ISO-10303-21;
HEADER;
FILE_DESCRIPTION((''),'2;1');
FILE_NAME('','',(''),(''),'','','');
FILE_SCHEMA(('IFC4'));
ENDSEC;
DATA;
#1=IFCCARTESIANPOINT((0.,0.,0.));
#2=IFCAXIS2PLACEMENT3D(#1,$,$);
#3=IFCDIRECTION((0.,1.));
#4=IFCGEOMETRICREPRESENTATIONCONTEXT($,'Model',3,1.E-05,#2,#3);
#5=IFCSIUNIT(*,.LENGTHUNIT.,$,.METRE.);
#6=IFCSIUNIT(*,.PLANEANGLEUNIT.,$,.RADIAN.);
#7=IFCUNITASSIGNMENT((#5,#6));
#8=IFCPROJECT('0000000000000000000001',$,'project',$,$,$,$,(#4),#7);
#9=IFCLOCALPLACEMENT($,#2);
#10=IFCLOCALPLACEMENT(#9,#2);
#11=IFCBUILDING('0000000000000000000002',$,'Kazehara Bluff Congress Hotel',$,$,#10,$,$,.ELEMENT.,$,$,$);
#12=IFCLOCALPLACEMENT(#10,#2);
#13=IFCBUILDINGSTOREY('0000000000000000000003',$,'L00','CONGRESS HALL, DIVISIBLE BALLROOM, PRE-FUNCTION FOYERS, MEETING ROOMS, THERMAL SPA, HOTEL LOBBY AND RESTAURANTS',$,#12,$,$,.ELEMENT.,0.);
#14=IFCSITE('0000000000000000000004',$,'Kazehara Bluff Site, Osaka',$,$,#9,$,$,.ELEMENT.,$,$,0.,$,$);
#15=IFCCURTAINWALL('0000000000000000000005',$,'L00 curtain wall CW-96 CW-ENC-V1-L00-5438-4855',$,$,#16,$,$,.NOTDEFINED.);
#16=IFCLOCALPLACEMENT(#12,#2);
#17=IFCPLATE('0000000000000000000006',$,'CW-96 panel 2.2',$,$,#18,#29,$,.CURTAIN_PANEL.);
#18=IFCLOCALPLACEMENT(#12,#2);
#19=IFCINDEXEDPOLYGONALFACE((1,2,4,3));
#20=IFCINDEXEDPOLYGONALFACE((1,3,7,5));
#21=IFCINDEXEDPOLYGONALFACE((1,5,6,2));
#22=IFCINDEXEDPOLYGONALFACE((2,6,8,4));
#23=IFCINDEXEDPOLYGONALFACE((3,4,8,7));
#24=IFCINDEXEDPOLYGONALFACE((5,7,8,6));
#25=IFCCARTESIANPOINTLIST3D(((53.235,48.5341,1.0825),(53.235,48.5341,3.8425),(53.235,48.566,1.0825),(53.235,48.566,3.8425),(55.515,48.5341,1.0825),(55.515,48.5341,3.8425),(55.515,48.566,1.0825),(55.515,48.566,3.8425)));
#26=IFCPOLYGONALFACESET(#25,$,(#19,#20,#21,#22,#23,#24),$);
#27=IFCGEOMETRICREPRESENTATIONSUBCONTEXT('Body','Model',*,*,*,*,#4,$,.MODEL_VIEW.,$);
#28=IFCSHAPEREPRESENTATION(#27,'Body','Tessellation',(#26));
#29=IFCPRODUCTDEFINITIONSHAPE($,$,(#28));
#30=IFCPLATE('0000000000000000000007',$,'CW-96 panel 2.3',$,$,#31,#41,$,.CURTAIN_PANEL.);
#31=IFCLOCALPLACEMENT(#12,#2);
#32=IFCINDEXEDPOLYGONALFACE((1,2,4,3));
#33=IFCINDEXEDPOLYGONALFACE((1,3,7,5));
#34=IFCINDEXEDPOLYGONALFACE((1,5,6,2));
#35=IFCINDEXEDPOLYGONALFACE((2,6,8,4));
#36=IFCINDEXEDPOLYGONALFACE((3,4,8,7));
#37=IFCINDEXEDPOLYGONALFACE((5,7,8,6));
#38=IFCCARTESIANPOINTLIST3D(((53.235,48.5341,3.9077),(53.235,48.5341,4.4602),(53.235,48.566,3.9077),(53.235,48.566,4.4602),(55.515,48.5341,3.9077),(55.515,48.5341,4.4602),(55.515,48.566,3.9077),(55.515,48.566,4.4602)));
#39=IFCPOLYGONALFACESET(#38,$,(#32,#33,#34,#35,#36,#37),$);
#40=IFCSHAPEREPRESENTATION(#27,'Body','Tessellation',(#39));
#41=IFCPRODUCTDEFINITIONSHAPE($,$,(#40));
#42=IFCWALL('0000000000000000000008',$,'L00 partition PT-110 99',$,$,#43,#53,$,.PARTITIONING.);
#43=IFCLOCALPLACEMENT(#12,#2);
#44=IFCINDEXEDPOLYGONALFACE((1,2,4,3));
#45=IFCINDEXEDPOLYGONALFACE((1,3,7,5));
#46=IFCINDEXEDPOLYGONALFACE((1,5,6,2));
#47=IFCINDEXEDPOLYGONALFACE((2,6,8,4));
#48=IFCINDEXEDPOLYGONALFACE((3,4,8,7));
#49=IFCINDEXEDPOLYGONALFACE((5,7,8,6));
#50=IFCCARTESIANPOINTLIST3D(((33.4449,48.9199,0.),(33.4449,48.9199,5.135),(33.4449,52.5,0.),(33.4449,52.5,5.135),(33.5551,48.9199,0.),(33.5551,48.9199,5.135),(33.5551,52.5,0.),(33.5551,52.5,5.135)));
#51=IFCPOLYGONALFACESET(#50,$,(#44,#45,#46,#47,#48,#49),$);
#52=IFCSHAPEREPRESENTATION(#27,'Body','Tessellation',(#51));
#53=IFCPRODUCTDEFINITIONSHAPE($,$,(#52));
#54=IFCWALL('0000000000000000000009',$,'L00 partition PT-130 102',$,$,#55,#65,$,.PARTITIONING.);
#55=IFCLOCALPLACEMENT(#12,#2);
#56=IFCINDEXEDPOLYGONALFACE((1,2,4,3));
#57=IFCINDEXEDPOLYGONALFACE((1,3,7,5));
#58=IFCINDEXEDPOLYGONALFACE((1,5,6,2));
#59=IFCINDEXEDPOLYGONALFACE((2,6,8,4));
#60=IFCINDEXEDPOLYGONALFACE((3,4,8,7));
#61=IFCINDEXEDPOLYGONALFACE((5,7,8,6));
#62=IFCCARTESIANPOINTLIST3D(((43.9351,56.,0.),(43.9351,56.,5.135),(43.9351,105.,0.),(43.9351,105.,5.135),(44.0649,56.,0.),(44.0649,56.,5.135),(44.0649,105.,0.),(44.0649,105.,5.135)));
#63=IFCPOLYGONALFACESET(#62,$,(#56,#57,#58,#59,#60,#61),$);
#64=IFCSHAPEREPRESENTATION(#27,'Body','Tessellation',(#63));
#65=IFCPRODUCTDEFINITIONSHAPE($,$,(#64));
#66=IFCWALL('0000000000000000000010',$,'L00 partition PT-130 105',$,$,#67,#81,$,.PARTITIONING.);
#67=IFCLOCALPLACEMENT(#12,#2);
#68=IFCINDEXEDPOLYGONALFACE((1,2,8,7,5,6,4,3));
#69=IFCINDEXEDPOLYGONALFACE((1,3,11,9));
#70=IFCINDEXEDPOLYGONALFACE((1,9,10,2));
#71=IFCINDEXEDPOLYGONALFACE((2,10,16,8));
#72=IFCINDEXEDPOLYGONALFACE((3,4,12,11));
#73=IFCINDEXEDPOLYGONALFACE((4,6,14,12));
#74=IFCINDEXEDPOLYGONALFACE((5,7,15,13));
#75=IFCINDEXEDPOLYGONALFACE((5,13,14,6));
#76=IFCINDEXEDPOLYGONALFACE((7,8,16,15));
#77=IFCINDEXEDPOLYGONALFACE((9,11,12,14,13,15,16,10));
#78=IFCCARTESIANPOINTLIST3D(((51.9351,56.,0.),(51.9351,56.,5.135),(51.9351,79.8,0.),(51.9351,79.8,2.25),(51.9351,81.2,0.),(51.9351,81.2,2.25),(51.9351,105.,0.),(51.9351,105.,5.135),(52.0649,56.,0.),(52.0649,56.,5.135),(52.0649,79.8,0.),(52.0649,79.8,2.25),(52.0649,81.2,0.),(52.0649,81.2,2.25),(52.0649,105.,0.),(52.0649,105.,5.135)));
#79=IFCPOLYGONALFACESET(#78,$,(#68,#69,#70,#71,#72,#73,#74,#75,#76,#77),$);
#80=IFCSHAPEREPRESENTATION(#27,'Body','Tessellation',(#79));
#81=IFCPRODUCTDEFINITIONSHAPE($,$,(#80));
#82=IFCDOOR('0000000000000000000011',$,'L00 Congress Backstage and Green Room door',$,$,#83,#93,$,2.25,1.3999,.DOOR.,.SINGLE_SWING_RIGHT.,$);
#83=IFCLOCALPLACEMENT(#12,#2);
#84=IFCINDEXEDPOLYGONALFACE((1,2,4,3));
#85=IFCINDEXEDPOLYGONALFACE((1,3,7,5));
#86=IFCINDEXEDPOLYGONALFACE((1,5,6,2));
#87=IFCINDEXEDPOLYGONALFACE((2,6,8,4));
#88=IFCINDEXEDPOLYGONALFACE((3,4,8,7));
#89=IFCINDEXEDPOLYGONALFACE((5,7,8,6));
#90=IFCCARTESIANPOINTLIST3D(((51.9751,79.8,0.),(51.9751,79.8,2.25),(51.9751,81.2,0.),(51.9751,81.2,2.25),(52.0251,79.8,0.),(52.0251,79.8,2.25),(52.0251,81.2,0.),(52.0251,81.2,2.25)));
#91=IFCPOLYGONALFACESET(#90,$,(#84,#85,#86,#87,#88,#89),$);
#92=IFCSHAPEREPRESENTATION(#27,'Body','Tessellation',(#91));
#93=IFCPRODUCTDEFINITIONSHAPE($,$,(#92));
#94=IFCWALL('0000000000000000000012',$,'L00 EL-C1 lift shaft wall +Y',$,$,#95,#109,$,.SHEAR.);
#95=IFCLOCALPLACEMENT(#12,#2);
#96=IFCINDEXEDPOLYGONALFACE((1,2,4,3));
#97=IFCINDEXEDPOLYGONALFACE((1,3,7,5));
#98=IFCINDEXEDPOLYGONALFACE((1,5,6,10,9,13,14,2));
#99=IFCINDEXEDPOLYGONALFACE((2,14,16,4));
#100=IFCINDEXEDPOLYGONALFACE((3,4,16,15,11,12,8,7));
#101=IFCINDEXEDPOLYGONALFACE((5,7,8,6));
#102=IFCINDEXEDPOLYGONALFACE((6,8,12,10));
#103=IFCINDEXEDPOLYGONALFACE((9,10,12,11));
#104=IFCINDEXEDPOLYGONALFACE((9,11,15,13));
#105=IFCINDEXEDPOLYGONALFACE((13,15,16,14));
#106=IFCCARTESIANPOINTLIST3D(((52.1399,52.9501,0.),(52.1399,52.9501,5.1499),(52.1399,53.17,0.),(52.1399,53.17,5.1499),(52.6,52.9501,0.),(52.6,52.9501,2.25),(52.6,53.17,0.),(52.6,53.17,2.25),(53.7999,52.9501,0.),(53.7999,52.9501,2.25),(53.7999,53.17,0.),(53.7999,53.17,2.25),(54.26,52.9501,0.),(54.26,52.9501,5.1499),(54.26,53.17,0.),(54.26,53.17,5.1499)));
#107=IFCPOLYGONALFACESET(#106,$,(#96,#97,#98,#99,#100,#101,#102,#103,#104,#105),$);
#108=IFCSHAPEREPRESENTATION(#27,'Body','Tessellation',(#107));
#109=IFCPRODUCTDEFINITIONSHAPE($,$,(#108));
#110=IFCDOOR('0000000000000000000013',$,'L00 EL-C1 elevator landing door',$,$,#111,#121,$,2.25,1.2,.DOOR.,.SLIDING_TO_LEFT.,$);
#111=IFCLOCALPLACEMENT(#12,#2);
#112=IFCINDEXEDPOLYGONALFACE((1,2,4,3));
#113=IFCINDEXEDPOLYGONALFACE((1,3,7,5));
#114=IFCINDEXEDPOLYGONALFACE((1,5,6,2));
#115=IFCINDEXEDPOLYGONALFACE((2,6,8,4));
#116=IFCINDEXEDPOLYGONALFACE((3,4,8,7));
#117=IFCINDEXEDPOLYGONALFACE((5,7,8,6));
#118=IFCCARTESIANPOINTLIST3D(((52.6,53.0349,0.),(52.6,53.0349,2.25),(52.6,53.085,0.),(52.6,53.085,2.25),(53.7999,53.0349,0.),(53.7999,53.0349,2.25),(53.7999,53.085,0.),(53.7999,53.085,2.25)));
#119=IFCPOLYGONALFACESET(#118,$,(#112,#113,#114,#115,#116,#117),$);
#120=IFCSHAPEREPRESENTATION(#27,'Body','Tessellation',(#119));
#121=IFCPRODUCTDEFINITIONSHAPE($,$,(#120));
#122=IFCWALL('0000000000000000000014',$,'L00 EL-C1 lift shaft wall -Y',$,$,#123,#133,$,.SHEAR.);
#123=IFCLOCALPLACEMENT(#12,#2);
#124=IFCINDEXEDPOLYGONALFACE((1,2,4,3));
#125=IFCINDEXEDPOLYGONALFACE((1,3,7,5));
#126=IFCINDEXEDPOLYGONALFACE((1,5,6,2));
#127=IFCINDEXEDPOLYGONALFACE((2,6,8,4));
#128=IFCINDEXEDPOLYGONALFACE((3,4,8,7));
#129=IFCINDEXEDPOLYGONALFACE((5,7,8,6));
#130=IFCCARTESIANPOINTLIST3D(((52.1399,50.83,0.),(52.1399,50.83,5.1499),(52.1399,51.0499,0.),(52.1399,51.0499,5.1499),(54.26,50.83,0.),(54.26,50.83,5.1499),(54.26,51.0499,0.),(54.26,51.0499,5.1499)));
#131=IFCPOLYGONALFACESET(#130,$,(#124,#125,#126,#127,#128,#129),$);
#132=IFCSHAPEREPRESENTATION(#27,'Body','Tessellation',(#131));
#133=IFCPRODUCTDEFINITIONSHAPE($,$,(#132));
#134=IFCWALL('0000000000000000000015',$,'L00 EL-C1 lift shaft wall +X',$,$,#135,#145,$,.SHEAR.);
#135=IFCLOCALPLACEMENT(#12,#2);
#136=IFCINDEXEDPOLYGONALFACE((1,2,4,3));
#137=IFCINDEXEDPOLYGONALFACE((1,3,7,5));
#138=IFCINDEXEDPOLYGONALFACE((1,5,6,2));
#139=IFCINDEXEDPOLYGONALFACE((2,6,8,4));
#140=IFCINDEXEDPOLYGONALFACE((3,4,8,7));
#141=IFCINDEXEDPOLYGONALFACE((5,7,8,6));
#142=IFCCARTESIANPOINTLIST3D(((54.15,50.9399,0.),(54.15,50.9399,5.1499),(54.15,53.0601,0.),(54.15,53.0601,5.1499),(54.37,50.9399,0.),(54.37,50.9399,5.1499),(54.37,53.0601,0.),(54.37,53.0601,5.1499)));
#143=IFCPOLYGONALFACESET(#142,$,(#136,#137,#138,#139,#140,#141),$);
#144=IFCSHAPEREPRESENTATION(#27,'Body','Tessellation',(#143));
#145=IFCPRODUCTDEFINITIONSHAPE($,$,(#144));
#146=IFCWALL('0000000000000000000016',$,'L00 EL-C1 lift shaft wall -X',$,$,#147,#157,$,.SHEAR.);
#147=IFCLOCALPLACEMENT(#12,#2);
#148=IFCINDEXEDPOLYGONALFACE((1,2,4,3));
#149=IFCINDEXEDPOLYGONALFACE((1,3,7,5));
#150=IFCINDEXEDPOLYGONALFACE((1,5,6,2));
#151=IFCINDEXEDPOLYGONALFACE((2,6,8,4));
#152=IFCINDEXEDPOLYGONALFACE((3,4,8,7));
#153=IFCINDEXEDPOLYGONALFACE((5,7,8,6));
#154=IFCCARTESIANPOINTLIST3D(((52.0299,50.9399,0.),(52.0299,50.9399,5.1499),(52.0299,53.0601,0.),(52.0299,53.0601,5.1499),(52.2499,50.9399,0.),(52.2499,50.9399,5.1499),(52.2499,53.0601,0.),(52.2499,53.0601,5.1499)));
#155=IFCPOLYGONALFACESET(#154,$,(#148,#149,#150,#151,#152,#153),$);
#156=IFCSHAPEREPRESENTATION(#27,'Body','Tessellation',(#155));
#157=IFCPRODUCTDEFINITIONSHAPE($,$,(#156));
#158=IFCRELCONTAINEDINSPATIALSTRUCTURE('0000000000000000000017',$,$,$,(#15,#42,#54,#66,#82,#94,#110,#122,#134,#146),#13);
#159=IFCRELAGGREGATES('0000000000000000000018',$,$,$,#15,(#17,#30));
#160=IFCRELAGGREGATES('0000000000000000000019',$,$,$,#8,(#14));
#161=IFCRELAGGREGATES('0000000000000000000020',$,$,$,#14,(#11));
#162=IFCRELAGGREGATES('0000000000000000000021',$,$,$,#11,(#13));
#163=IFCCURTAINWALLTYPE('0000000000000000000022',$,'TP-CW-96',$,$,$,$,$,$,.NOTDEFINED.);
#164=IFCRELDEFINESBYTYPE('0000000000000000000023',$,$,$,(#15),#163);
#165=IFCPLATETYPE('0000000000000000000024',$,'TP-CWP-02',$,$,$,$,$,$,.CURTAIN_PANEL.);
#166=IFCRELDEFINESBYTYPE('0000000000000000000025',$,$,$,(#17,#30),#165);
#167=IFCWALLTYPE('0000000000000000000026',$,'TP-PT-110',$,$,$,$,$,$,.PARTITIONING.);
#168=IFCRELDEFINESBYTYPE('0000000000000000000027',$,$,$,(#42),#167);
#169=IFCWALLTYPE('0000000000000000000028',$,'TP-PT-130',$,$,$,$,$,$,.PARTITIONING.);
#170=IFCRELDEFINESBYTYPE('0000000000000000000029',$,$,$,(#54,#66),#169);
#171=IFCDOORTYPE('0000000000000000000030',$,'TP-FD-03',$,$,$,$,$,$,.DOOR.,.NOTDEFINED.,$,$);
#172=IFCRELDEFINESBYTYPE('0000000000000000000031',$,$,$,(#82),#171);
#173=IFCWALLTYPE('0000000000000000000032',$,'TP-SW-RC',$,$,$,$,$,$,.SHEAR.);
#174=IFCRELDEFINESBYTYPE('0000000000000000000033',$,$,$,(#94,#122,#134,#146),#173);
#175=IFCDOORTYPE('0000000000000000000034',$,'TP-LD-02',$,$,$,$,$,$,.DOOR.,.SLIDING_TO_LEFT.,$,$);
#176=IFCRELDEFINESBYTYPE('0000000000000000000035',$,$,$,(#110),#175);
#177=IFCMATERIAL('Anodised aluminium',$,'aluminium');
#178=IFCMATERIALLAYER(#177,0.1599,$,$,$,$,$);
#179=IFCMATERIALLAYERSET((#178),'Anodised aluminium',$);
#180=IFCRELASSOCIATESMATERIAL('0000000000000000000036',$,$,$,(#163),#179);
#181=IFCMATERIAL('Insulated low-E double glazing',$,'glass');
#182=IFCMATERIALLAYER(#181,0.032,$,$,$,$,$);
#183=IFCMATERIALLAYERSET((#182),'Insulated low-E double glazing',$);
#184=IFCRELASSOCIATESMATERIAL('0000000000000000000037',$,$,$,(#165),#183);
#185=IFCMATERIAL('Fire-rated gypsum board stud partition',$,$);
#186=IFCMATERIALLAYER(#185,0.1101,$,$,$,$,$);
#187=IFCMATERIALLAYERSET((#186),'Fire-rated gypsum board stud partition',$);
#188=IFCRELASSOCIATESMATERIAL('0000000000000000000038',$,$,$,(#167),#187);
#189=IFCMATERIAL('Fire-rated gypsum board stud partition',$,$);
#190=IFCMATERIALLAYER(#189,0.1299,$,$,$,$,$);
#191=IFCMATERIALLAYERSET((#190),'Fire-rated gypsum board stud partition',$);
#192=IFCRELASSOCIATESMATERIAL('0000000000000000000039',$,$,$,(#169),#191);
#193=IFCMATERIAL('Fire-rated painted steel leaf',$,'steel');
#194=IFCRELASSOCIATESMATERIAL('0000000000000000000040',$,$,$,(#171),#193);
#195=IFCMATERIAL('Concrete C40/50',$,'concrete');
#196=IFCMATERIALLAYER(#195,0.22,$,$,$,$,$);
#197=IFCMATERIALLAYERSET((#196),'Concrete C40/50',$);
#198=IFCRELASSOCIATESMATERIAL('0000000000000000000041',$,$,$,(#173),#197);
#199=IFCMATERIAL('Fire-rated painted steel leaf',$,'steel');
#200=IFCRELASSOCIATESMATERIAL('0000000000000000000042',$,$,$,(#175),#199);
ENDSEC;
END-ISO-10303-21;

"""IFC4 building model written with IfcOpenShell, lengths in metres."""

from ifc_helpers import new_model, si_unit, direction, frame, frame_2d, origin, origin_2d, place, context, subcontext, project, spatial, rectangle, extrude, material, layer, layer_set, type_object, element, fill, aggregate, save


model = new_model("IFC4")

# Units and contexts
model_context = context("Model", 3, precision=1e-05, world=origin(), true_north=direction((0.0, 1.0)))
body_context = subcontext(model_context, "Body", "Model", "MODEL_VIEW")
ifc_project = project(units=[si_unit("LENGTHUNIT", "METRE"), si_unit("PLANEANGLEUNIT", "RADIAN")], contexts=[model_context])

# Site, building, storey
site_placement = place(None, origin())
site = spatial("IfcSite", under=ifc_project, at=site_placement, Name="Kazehara Bluff Site, Osaka", CompositionType="ELEMENT", RefElevation=0.0)
building_placement = place(site_placement, origin())
building = spatial("IfcBuilding", under=site, at=building_placement, Name="Kazehara Bluff Congress Hotel", CompositionType="ELEMENT")
storey_placement = place(building_placement, origin())
storey = spatial("IfcBuildingStorey", under=building, at=storey_placement, Name="L00", Description="CONGRESS HALL, DIVISIBLE BALLROOM, PRE-FUNCTION FOYERS, MEETING ROOMS, THERMAL SPA, HOTEL LOBBY AND RESTAURANTS", CompositionType="ELEMENT", Elevation=0.0)

# Curtain wall, plates
ifc_material_1 = material(Name="Anodised aluminium", Category="aluminium")
ifc_layer_1 = layer(ifc_material_1, 0.1599)
ifc_layer_set_1 = layer_set([ifc_layer_1], Name="Anodised aluminium")
curtain_wall_type = type_object("IfcCurtainWallType", Name="TP-CW-96", PredefinedType="NOTDEFINED", material=ifc_layer_set_1)
curtain_wall_placement = place(storey_placement, origin())
curtain_wall = element("IfcCurtainWall", 1, at=curtain_wall_placement, inside=storey, type_object=curtain_wall_type, Name="L00 curtain wall CW-96 CW-ENC-V1-L00-5438-4855", PredefinedType="NOTDEFINED")
ifc_material_2 = material(Name="Insulated low-E double glazing", Category="glass")
ifc_layer_2 = layer(ifc_material_2, 0.032)
ifc_layer_set_2 = layer_set([ifc_layer_2], Name="Insulated low-E double glazing")
plate_type = type_object("IfcPlateType", Name="TP-CWP-02", PredefinedType="CURTAIN_PANEL", material=ifc_layer_set_2)
plate_1_placement = place(storey_placement, frame((54.375, 48.55, 1.0825), z_axis=(0.0, 0.0, 1.0), x_axis=(-1.0, 0.0, 0.0)))
plate_1 = element("IfcPlate", 2, at=plate_1_placement, type_object=plate_type, Name="CW-96 panel 2.2", PredefinedType="CURTAIN_PANEL", context=body_context, shape_type="SweptSolid", body=[
    extrude(rectangle(XDim=2.28, YDim=0.032, at=origin_2d()), origin(), (0.0, 0.0, 1.0), 2.76),
])
plate_2_placement = place(storey_placement, frame((54.375, 48.55, 3.9077), z_axis=(0.0, 0.0, 1.0), x_axis=(-1.0, 0.0, 0.0)))
plate_2 = element("IfcPlate", 3, at=plate_2_placement, type_object=plate_type, Name="CW-96 panel 2.3", PredefinedType="CURTAIN_PANEL", context=body_context, shape_type="SweptSolid", body=[
    extrude(rectangle(XDim=2.28, YDim=0.032, at=origin_2d()), origin(), (0.0, 0.0, 1.0), 0.5525),
])
aggregate(curtain_wall, [plate_1, plate_2])

# Walls
ifc_material_3 = material(Name="Fire-rated gypsum board stud partition")
ifc_layer_3 = layer(ifc_material_3, 0.1101)
ifc_layer_set_3 = layer_set([ifc_layer_3], Name="Fire-rated gypsum board stud partition")
wall_type_1 = type_object("IfcWallType", Name="TP-PT-110", PredefinedType="PARTITIONING", material=ifc_layer_set_3)
wall_1_placement = place(storey_placement, frame((33.5, 48.9199, 0.0), z_axis=(0.0, 0.0, 1.0), x_axis=(0.0, 1.0, 0.0)))
element("IfcWall", 4, at=wall_1_placement, inside=storey, type_object=wall_type_1, Name="L00 partition PT-110 99", PredefinedType="PARTITIONING", context=body_context, shape_type="SweptSolid", body=[
    extrude(rectangle(XDim=3.5801, YDim=0.1101, at=frame_2d((1.79, 0.0))), origin(), (0.0, 0.0, 1.0), 5.135),
])
ifc_material_4 = material(Name="Fire-rated gypsum board stud partition")
ifc_layer_4 = layer(ifc_material_4, 0.1299)
ifc_layer_set_4 = layer_set([ifc_layer_4], Name="Fire-rated gypsum board stud partition")
wall_type_2 = type_object("IfcWallType", Name="TP-PT-130", PredefinedType="PARTITIONING", material=ifc_layer_set_4)
wall_2_placement = place(storey_placement, frame((44.0, 56.0, 0.0), z_axis=(0.0, 0.0, 1.0), x_axis=(0.0, 1.0, 0.0)))
element("IfcWall", 5, at=wall_2_placement, inside=storey, type_object=wall_type_2, Name="L00 partition PT-130 102", PredefinedType="PARTITIONING", context=body_context, shape_type="SweptSolid", body=[
    extrude(rectangle(XDim=49.0, YDim=0.1299, at=frame_2d((24.5, 0.0))), origin(), (0.0, 0.0, 1.0), 5.135),
])

# Walls, openings, doors
wall_3_placement = place(storey_placement, frame((52.0, 56.0, 0.0), z_axis=(0.0, 0.0, 1.0), x_axis=(0.0, 1.0, 0.0)))
wall_3 = element("IfcWall", 6, at=wall_3_placement, inside=storey, type_object=wall_type_2, Name="L00 partition PT-130 105", PredefinedType="PARTITIONING", context=body_context, shape_type="SweptSolid", body=[
    extrude(rectangle(XDim=49.0, YDim=0.1299, at=frame_2d((24.5, 0.0))), origin(), (0.0, 0.0, 1.0), 5.135),
])
opening_1_placement = place(wall_3_placement, frame((23.8, 0.0, 0.0)))
opening_1 = element("IfcOpeningElement", 7, at=opening_1_placement, cuts=wall_3, PredefinedType="OPENING", context=body_context, shape_type="SweptSolid", body=[
    extrude(rectangle(XDim=1.3999, YDim=2.25, at=frame_2d((0.7, 1.125))), frame((0.0, 0.075, 0.0), z_axis=(0.0, -1.0, 0.0), x_axis=(1.0, 0.0, 0.0)), (0.0, 0.0, 1.0), 0.1499),
])
ifc_material_5 = material(Name="Fire-rated painted steel leaf", Category="steel")
door_type_1 = type_object("IfcDoorType", Name="TP-FD-03", OperationType="NOTDEFINED", PredefinedType="DOOR", material=ifc_material_5)
door_1_placement = place(opening_1_placement, origin())
door_1 = element("IfcDoor", 8, at=door_1_placement, inside=storey, type_object=door_type_1, Name="L00 Congress Backstage and Green Room door", OperationType="SINGLE_SWING_RIGHT", OverallHeight=2.25, OverallWidth=1.3999, PredefinedType="DOOR", context=body_context, shape_type="SweptSolid", body=[
    extrude(rectangle(XDim=1.3999, YDim=2.25, at=frame_2d((0.7, 1.125))), frame((0.0, 0.0249, 0.0), z_axis=(0.0, -1.0, 0.0), x_axis=(1.0, 0.0, 0.0)), (0.0, 0.0, 1.0), 0.05),
])
fill(opening_1, door_1)
ifc_material_6 = material(Name="Concrete C40/50", Category="concrete")
ifc_layer_5 = layer(ifc_material_6, 0.22)
ifc_layer_set_5 = layer_set([ifc_layer_5], Name="Concrete C40/50")
wall_type_3 = type_object("IfcWallType", Name="TP-SW-RC", PredefinedType="SHEAR", material=ifc_layer_set_5)
wall_4_placement = place(storey_placement, frame((52.1399, 53.0601, 0.0), z_axis=(0.0, 0.0, 1.0), x_axis=(1.0, 0.0, 0.0)))
wall_4 = element("IfcWall", 9, at=wall_4_placement, inside=storey, type_object=wall_type_3, Name="L00 EL-C1 lift shaft wall +Y", PredefinedType="SHEAR", context=body_context, shape_type="SweptSolid", body=[
    extrude(rectangle(XDim=2.1201, YDim=0.22, at=frame_2d((1.0601, 0.0))), origin(), (0.0, 0.0, 1.0), 5.1499),
])
opening_2_placement = place(wall_4_placement, frame((0.46, 0.0, 0.0)))
opening_2 = element("IfcOpeningElement", 10, at=opening_2_placement, cuts=wall_4, PredefinedType="OPENING", context=body_context, shape_type="SweptSolid", body=[
    extrude(rectangle(XDim=1.2, YDim=2.25, at=frame_2d((0.6001, 1.125))), frame((0.0, 0.1199, 0.0), z_axis=(0.0, -1.0, 0.0), x_axis=(1.0, 0.0, 0.0)), (0.0, 0.0, 1.0), 0.24),
])
ifc_material_7 = material(Name="Fire-rated painted steel leaf", Category="steel")
door_type_2 = type_object("IfcDoorType", Name="TP-LD-02", OperationType="SLIDING_TO_LEFT", PredefinedType="DOOR", material=ifc_material_7)
door_2_placement = place(opening_2_placement, origin())
door_2 = element("IfcDoor", 11, at=door_2_placement, inside=storey, type_object=door_type_2, Name="L00 EL-C1 elevator landing door", OperationType="SLIDING_TO_LEFT", OverallHeight=2.25, OverallWidth=1.2, PredefinedType="DOOR", context=body_context, shape_type="SweptSolid", body=[
    extrude(rectangle(XDim=1.2, YDim=2.25, at=frame_2d((0.6001, 1.125))), frame((0.0, 0.0249, 0.0), z_axis=(0.0, -1.0, 0.0), x_axis=(1.0, 0.0, 0.0)), (0.0, 0.0, 1.0), 0.05),
])
fill(opening_2, door_2)

# Walls
for number, where, z_axis, x_axis, name in (
    (12, (52.1399, 50.9399, 0.0), (0.0, 0.0, 1.0), (1.0, 0.0, 0.0), "L00 EL-C1 lift shaft wall -Y"),
    (13, (54.26, 50.9399, 0.0), (0.0, 0.0, 1.0), (0.0, 1.0, 0.0), "L00 EL-C1 lift shaft wall +X"),
    (14, (52.1399, 50.9399, 0.0), (0.0, 0.0, 1.0), (0.0, 1.0, 0.0), "L00 EL-C1 lift shaft wall -X"),
):
    element("IfcWall", number, at=place(storey_placement, frame(where, z_axis=z_axis, x_axis=x_axis)), inside=storey, type_object=wall_type_3, Name=name, PredefinedType="SHEAR", context=body_context, shape_type="SweptSolid", body=[
        extrude(rectangle(XDim=2.1201, YDim=0.22, at=frame_2d((1.0601, 0.0))), origin(), (0.0, 0.0, 1.0), 5.1499),
    ])

save(model, "model.ifc")
